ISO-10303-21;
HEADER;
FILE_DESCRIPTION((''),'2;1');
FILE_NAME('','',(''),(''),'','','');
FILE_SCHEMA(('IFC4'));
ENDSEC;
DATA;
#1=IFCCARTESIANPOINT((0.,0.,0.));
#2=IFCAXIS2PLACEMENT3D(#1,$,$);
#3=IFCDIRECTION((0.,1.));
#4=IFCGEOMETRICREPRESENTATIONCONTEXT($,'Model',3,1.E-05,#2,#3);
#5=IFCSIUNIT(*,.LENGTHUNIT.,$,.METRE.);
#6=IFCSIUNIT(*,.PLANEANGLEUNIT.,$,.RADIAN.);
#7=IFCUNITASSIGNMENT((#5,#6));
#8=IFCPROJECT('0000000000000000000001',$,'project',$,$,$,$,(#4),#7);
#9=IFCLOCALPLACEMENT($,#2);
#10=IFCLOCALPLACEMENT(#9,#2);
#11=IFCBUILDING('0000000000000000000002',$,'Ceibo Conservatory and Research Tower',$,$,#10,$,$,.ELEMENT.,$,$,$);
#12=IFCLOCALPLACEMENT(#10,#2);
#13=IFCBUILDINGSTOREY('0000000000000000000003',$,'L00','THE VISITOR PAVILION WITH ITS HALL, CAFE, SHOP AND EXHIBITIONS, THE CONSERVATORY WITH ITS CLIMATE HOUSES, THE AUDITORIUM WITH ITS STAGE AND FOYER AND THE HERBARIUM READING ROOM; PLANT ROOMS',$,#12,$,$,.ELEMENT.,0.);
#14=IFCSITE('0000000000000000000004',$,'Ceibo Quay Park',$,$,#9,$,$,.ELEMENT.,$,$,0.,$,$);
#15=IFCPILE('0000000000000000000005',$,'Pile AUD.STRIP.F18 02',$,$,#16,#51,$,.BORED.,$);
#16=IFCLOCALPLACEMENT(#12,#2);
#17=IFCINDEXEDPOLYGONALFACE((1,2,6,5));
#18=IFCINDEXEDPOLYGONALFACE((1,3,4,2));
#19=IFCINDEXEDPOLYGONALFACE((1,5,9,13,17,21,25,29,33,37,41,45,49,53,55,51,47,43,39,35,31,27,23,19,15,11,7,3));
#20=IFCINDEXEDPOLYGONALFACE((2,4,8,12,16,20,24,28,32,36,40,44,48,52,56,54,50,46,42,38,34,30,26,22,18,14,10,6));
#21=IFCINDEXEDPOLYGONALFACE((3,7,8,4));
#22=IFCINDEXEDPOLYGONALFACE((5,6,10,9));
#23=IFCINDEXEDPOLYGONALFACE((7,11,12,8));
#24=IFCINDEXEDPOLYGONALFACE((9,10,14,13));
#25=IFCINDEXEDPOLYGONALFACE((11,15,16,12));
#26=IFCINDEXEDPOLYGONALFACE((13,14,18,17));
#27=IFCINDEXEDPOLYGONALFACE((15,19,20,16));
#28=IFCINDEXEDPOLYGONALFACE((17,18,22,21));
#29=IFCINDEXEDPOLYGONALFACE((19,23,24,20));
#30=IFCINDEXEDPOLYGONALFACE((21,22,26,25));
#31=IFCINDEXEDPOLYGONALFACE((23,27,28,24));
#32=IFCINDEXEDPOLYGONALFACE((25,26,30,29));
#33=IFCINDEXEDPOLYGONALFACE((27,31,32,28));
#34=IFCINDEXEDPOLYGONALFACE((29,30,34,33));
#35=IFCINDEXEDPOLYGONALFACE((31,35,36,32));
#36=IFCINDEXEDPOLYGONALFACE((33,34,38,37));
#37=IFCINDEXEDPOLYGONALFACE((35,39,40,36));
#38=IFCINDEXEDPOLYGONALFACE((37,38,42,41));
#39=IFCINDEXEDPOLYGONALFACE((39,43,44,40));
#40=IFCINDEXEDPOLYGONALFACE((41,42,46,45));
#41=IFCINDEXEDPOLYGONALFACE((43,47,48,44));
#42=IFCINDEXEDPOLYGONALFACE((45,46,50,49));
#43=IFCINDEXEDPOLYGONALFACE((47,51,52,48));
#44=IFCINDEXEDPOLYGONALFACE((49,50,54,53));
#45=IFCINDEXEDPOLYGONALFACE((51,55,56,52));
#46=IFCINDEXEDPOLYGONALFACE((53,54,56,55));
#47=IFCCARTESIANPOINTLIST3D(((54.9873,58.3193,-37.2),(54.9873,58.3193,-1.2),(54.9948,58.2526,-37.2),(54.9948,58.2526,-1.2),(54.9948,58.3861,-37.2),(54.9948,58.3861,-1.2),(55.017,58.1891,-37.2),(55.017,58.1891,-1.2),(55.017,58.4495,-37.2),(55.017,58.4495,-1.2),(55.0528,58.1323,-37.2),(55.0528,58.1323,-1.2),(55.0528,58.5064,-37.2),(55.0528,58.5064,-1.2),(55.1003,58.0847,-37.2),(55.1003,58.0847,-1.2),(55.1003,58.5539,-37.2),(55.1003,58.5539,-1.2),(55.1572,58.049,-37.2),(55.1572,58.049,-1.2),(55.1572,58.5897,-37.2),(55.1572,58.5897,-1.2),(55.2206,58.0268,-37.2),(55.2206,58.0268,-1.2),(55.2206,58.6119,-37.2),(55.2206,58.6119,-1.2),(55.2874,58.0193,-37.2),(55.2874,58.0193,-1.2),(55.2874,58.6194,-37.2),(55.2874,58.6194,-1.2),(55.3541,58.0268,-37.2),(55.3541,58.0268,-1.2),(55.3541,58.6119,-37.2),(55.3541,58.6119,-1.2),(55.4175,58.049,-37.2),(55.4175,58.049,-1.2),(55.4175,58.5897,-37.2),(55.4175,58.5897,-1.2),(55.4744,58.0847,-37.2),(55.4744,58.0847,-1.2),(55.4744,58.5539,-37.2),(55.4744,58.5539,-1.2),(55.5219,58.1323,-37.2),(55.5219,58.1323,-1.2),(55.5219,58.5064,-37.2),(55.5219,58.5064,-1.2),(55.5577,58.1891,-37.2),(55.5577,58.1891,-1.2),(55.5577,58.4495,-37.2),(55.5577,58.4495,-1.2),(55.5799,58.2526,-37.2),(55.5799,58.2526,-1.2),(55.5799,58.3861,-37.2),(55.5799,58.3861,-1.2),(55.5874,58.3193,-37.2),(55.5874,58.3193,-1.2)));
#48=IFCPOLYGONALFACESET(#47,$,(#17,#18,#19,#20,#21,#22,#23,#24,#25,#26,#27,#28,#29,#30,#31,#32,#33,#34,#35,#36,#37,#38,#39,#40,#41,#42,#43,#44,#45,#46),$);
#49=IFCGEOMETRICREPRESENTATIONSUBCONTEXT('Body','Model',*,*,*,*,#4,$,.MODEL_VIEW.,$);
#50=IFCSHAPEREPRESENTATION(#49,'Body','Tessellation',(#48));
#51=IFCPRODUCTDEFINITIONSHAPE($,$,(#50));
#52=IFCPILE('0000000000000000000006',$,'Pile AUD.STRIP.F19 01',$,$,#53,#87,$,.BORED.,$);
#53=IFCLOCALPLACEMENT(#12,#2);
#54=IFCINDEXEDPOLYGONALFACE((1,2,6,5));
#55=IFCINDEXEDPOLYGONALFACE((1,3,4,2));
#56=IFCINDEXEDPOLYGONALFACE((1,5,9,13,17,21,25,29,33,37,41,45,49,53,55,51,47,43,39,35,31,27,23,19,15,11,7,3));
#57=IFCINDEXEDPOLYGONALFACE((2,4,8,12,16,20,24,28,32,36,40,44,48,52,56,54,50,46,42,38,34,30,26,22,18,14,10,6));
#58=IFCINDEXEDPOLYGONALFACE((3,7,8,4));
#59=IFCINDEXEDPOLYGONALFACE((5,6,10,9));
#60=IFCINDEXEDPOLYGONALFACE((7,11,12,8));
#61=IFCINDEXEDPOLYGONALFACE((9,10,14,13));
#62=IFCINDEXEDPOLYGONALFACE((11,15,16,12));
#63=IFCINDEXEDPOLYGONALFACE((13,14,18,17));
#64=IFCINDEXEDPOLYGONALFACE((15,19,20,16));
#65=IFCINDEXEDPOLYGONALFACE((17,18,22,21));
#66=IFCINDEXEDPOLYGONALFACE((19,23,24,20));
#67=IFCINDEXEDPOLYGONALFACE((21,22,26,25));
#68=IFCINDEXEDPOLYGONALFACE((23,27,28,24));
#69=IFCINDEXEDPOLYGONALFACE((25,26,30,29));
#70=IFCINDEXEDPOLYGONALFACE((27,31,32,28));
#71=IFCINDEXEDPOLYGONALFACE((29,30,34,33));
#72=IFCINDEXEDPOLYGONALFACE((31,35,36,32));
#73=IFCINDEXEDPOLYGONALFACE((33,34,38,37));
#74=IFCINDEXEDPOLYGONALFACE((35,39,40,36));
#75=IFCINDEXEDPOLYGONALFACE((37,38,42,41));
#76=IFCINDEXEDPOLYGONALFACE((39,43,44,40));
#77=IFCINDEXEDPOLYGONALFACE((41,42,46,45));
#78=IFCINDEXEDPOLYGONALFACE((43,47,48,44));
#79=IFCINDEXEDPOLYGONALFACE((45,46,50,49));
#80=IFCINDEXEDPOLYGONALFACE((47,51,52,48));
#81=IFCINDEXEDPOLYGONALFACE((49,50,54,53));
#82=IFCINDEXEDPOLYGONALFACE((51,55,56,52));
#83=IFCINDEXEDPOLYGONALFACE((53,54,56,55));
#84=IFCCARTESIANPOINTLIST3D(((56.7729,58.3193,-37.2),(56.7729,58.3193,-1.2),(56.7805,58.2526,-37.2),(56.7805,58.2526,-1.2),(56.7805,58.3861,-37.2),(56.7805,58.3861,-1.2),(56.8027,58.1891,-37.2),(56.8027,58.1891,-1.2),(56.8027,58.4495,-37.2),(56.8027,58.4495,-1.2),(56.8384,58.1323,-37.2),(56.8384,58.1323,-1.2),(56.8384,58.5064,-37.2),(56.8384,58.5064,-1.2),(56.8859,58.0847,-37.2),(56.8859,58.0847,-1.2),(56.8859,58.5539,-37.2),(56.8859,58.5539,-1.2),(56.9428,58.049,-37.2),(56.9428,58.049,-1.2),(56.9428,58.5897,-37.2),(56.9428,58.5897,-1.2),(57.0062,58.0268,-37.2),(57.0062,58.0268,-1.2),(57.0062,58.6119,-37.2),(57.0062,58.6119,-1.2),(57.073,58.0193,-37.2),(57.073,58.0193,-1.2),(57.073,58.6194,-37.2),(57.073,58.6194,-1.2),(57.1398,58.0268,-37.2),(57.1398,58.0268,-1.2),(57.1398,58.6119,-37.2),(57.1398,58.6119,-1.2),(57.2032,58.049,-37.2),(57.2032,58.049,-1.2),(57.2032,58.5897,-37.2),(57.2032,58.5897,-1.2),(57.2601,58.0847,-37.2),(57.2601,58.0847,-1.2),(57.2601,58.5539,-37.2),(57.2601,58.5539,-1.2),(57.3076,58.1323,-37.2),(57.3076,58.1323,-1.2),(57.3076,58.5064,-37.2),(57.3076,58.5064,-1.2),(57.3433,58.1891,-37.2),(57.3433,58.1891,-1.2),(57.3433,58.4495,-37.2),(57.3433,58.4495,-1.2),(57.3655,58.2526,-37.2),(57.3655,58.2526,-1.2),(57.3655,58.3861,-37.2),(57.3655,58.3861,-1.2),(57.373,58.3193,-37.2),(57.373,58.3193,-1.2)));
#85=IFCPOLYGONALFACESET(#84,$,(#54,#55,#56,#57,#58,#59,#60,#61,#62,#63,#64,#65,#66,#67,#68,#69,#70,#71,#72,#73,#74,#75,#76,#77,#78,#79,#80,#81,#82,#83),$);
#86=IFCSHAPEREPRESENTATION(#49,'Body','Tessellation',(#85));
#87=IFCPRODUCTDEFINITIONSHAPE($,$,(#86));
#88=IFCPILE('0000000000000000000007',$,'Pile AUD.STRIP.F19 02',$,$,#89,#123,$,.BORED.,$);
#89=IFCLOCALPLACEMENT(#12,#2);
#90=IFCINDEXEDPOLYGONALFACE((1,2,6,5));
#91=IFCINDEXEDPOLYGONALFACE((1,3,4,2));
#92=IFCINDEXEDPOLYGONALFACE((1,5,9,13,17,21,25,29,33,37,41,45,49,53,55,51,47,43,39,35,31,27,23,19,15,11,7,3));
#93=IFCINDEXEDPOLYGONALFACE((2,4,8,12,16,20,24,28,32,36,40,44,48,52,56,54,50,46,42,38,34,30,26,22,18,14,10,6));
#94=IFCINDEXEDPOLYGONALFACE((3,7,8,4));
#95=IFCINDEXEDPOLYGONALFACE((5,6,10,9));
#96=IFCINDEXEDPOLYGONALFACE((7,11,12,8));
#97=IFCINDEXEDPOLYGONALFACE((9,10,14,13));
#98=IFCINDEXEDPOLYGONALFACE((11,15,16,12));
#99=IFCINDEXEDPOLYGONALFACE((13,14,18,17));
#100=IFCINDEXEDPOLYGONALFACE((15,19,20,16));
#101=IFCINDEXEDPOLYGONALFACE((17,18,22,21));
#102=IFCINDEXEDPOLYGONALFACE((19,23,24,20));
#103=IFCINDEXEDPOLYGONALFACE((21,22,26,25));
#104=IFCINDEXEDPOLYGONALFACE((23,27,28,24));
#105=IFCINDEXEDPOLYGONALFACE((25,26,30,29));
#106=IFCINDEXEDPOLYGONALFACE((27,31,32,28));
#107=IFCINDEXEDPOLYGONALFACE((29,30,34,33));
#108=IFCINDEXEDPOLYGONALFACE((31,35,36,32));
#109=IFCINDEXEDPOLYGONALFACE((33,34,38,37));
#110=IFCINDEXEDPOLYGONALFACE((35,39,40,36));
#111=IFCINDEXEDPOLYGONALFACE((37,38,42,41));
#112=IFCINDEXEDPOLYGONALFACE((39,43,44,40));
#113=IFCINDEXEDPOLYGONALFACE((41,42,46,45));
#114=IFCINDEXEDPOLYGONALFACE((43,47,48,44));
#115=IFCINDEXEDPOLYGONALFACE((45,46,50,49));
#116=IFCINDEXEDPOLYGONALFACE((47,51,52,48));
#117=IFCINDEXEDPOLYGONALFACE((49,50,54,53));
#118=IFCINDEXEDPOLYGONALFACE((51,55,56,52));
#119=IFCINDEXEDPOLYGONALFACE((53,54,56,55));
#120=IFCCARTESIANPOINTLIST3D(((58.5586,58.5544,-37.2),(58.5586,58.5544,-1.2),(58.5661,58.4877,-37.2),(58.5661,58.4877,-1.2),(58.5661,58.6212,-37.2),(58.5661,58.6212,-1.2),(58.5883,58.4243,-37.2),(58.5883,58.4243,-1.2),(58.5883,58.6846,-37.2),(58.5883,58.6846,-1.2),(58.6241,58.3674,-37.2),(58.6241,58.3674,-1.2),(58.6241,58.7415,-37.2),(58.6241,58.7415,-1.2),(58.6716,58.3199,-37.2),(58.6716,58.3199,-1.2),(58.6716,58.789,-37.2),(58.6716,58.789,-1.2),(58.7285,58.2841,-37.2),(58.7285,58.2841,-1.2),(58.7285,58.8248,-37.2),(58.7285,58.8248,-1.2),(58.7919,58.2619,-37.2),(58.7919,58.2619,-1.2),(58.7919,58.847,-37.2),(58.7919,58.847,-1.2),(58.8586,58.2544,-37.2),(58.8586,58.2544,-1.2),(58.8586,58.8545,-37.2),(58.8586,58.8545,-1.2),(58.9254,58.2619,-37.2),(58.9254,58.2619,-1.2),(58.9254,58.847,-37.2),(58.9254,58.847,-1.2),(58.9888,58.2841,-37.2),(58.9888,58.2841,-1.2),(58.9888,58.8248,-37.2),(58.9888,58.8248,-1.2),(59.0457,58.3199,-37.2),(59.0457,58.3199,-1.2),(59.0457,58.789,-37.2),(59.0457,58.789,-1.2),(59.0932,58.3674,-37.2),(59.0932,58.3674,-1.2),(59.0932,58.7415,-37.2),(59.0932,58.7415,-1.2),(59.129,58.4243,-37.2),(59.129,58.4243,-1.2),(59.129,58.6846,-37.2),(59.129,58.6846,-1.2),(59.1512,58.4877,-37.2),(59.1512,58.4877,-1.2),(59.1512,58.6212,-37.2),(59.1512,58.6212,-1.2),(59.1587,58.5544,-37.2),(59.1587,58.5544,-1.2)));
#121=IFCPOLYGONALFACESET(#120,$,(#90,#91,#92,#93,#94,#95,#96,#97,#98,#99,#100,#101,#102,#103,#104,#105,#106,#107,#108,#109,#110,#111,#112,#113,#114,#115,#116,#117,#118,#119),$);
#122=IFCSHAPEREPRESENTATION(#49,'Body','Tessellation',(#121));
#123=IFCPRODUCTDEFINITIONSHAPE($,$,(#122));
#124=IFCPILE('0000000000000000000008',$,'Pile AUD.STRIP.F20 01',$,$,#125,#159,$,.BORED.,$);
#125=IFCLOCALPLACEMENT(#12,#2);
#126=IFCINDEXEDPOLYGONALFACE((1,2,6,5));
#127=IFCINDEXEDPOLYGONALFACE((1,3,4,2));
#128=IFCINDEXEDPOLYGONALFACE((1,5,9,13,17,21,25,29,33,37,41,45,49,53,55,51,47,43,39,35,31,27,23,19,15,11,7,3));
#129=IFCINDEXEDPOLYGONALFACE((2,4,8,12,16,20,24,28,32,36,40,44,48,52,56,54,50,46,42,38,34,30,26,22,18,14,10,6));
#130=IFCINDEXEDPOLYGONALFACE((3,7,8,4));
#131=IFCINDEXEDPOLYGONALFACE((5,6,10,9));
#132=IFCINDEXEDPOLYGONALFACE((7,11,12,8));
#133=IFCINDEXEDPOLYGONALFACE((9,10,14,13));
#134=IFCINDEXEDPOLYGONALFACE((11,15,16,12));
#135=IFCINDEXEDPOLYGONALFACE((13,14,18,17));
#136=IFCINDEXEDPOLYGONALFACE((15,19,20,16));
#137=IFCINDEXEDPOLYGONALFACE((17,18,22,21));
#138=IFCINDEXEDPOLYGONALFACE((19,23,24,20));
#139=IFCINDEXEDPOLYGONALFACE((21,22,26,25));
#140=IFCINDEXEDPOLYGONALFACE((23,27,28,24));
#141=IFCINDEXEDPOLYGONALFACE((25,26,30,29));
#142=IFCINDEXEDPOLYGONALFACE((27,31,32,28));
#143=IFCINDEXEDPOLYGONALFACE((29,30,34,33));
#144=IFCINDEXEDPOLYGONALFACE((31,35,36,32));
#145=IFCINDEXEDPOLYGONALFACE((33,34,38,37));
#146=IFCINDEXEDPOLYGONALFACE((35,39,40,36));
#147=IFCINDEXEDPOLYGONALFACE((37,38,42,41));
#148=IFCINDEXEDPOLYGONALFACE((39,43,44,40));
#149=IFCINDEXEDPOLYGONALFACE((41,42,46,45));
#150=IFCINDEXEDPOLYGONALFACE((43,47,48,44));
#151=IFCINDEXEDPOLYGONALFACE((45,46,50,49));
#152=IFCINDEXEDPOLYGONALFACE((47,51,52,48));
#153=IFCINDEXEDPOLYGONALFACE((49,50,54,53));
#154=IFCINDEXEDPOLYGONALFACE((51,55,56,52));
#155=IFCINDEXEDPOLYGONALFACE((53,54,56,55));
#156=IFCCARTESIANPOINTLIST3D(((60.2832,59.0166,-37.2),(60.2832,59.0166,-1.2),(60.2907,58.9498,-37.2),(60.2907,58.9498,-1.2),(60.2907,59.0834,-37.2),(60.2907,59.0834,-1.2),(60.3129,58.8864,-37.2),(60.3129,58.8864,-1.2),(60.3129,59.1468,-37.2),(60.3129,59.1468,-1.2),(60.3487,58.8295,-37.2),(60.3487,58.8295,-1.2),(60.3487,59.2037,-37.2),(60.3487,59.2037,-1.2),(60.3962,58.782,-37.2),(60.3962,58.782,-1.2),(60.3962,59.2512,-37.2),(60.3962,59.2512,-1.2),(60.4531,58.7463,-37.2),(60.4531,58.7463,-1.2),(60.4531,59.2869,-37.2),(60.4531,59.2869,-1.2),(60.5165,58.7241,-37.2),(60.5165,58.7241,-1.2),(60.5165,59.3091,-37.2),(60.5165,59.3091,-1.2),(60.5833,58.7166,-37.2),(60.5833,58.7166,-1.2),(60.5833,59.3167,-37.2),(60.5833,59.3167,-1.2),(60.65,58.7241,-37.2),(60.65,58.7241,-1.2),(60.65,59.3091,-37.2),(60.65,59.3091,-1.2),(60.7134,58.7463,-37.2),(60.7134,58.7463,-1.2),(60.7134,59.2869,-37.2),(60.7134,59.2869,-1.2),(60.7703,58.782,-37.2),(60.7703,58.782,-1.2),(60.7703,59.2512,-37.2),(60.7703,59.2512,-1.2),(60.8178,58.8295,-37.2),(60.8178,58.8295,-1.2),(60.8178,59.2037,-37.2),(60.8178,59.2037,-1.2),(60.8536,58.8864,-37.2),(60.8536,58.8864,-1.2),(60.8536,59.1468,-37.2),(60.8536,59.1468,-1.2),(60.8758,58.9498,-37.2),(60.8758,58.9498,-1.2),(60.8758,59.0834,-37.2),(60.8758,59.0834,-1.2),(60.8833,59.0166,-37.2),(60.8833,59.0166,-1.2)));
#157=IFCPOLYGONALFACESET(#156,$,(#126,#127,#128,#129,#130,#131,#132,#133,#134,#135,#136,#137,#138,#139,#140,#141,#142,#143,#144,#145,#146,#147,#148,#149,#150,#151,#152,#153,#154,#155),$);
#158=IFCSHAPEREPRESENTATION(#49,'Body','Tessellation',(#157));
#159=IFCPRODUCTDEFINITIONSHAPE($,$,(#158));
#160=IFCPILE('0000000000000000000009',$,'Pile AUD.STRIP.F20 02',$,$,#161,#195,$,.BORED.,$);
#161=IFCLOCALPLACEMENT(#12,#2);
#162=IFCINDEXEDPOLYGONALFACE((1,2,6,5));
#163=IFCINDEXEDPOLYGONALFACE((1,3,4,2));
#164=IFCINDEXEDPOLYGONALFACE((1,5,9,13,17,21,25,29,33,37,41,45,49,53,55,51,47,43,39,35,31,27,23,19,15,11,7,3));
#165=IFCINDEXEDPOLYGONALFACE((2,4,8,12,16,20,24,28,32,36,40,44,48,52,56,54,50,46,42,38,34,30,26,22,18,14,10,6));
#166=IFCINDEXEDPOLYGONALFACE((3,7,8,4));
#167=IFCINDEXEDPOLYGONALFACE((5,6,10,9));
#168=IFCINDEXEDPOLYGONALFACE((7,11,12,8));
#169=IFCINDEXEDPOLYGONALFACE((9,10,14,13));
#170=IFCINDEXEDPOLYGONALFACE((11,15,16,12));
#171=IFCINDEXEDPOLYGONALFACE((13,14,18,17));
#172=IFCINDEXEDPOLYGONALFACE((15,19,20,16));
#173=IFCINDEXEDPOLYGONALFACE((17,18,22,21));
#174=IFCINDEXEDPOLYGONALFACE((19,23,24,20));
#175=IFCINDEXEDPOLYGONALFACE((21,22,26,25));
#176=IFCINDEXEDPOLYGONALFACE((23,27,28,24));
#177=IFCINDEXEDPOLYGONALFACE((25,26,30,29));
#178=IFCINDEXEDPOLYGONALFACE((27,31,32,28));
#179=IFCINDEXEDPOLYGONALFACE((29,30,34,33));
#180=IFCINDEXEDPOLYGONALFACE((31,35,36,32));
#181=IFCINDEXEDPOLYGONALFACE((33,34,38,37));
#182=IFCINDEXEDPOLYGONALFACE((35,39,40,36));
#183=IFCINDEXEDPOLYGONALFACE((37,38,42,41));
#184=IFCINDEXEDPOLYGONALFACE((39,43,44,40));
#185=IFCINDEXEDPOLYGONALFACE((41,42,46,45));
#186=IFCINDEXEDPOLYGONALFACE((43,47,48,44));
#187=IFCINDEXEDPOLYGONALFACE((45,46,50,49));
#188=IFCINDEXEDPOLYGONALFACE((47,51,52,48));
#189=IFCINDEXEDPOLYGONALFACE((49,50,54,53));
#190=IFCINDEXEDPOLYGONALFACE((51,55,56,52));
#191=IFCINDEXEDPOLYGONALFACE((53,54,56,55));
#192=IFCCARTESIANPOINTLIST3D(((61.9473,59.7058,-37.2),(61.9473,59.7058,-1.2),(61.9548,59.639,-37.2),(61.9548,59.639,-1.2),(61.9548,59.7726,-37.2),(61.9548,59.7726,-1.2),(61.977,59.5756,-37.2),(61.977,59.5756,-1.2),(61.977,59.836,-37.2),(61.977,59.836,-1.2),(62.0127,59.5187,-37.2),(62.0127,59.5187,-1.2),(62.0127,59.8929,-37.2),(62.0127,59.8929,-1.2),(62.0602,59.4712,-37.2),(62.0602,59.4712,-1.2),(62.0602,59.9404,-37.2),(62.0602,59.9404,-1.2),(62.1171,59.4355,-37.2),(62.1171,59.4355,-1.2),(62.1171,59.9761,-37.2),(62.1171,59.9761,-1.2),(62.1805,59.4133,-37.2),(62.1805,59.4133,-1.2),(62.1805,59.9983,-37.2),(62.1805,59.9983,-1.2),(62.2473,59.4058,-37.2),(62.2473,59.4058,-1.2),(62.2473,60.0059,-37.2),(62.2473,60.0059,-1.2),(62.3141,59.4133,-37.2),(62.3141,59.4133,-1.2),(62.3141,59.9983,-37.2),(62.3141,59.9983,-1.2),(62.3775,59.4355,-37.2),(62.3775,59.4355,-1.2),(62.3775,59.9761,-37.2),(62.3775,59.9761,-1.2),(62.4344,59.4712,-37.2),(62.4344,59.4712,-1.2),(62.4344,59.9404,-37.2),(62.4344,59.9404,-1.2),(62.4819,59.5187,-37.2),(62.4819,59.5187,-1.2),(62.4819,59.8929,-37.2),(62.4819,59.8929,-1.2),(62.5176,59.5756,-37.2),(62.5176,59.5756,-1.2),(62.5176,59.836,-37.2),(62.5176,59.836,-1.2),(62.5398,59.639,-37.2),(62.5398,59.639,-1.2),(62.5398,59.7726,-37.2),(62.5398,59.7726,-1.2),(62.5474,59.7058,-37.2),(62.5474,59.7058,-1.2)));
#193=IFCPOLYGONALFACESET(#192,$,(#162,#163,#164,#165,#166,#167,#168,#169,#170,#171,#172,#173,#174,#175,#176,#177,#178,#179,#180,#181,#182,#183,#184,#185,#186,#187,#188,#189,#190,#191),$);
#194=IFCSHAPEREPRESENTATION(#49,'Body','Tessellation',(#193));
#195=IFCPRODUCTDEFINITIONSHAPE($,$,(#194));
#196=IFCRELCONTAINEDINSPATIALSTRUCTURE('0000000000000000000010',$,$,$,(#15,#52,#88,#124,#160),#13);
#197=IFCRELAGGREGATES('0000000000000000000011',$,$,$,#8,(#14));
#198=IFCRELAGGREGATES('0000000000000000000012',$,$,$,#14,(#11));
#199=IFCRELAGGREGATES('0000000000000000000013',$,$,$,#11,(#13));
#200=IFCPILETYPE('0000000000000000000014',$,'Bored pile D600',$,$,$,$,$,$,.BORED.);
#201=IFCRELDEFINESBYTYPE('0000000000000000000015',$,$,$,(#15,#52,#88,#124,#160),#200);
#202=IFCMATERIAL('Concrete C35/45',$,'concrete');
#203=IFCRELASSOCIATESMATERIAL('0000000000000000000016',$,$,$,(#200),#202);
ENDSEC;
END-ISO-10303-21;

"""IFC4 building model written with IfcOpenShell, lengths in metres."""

from ifc_helpers import new_model, si_unit, direction, frame, origin, origin_2d, place, context, subcontext, project, spatial, circle, extrude, material, material_profile, profile_set, type_object, element, save


model = new_model("IFC4")

# Units and contexts
model_context = context("Model", 3, precision=1e-05, world=origin(), true_north=direction((0.0, 1.0)))
body_context = subcontext(model_context, "Body", "Model", "MODEL_VIEW")
ifc_project = project(units=[si_unit("LENGTHUNIT", "METRE"), si_unit("PLANEANGLEUNIT", "RADIAN")], contexts=[model_context])

# Site, building, storey
site_placement = place(None, origin())
site = spatial("IfcSite", under=ifc_project, at=site_placement, Name="Ceibo Quay Park", CompositionType="ELEMENT", RefElevation=0.0)
building_placement = place(site_placement, origin())
building = spatial("IfcBuilding", under=site, at=building_placement, Name="Ceibo Conservatory and Research Tower", CompositionType="ELEMENT")
storey_placement = place(building_placement, origin())
storey = spatial("IfcBuildingStorey", under=building, at=storey_placement, Name="L00", Description="THE VISITOR PAVILION WITH ITS HALL, CAFE, SHOP AND EXHIBITIONS, THE CONSERVATORY WITH ITS CLIMATE HOUSES, THE AUDITORIUM WITH ITS STAGE AND FOYER AND THE HERBARIUM READING ROOM; PLANT ROOMS", CompositionType="ELEMENT", Elevation=0.0)

# Piles
ifc_material_1 = material(Name="Concrete C35/45", Category="concrete")
ifc_material_profile = material_profile(ifc_material_1, circle(Radius=0.3, at=origin_2d()), Name="RC D600")
ifc_profile_set = profile_set([ifc_material_profile], Name="Concrete C35/45")
pile_type = type_object("IfcPileType", Name="Bored pile D600", PredefinedType="BORED", material=ifc_profile_set)
for number, where, z_axis, x_axis, name in (
    (1, (55.2874, 58.3193, -1.2), (0.0, 0.0, -1.0), (1.0, 0.0, 0.0), "Pile AUD.STRIP.F18 02"),
    (2, (57.073, 58.3193, -1.2), (0.0, 0.0, -1.0), (1.0, 0.0, 0.0), "Pile AUD.STRIP.F19 01"),
    (3, (58.8586, 58.5544, -1.2), (0.0, 0.0, -1.0), (1.0, 0.0, 0.0), "Pile AUD.STRIP.F19 02"),
    (4, (60.5833, 59.0166, -1.2), (0.0, 0.0, -1.0), (1.0, 0.0, 0.0), "Pile AUD.STRIP.F20 01"),
    (5, (62.2473, 59.7058, -1.2), (0.0, 0.0, -1.0), (1.0, 0.0, 0.0), "Pile AUD.STRIP.F20 02"),
):
    element("IfcPile", number, at=place(storey_placement, frame(where, z_axis=z_axis, x_axis=x_axis)), inside=storey, type_object=pile_type, Name=name, PredefinedType="BORED", context=body_context, shape_type="SweptSolid", body=[
        extrude(circle(Radius=0.3, at=origin_2d()), origin(), (0.0, 0.0, 1.0), 36.0),
    ])

save(model, "model.ifc")
